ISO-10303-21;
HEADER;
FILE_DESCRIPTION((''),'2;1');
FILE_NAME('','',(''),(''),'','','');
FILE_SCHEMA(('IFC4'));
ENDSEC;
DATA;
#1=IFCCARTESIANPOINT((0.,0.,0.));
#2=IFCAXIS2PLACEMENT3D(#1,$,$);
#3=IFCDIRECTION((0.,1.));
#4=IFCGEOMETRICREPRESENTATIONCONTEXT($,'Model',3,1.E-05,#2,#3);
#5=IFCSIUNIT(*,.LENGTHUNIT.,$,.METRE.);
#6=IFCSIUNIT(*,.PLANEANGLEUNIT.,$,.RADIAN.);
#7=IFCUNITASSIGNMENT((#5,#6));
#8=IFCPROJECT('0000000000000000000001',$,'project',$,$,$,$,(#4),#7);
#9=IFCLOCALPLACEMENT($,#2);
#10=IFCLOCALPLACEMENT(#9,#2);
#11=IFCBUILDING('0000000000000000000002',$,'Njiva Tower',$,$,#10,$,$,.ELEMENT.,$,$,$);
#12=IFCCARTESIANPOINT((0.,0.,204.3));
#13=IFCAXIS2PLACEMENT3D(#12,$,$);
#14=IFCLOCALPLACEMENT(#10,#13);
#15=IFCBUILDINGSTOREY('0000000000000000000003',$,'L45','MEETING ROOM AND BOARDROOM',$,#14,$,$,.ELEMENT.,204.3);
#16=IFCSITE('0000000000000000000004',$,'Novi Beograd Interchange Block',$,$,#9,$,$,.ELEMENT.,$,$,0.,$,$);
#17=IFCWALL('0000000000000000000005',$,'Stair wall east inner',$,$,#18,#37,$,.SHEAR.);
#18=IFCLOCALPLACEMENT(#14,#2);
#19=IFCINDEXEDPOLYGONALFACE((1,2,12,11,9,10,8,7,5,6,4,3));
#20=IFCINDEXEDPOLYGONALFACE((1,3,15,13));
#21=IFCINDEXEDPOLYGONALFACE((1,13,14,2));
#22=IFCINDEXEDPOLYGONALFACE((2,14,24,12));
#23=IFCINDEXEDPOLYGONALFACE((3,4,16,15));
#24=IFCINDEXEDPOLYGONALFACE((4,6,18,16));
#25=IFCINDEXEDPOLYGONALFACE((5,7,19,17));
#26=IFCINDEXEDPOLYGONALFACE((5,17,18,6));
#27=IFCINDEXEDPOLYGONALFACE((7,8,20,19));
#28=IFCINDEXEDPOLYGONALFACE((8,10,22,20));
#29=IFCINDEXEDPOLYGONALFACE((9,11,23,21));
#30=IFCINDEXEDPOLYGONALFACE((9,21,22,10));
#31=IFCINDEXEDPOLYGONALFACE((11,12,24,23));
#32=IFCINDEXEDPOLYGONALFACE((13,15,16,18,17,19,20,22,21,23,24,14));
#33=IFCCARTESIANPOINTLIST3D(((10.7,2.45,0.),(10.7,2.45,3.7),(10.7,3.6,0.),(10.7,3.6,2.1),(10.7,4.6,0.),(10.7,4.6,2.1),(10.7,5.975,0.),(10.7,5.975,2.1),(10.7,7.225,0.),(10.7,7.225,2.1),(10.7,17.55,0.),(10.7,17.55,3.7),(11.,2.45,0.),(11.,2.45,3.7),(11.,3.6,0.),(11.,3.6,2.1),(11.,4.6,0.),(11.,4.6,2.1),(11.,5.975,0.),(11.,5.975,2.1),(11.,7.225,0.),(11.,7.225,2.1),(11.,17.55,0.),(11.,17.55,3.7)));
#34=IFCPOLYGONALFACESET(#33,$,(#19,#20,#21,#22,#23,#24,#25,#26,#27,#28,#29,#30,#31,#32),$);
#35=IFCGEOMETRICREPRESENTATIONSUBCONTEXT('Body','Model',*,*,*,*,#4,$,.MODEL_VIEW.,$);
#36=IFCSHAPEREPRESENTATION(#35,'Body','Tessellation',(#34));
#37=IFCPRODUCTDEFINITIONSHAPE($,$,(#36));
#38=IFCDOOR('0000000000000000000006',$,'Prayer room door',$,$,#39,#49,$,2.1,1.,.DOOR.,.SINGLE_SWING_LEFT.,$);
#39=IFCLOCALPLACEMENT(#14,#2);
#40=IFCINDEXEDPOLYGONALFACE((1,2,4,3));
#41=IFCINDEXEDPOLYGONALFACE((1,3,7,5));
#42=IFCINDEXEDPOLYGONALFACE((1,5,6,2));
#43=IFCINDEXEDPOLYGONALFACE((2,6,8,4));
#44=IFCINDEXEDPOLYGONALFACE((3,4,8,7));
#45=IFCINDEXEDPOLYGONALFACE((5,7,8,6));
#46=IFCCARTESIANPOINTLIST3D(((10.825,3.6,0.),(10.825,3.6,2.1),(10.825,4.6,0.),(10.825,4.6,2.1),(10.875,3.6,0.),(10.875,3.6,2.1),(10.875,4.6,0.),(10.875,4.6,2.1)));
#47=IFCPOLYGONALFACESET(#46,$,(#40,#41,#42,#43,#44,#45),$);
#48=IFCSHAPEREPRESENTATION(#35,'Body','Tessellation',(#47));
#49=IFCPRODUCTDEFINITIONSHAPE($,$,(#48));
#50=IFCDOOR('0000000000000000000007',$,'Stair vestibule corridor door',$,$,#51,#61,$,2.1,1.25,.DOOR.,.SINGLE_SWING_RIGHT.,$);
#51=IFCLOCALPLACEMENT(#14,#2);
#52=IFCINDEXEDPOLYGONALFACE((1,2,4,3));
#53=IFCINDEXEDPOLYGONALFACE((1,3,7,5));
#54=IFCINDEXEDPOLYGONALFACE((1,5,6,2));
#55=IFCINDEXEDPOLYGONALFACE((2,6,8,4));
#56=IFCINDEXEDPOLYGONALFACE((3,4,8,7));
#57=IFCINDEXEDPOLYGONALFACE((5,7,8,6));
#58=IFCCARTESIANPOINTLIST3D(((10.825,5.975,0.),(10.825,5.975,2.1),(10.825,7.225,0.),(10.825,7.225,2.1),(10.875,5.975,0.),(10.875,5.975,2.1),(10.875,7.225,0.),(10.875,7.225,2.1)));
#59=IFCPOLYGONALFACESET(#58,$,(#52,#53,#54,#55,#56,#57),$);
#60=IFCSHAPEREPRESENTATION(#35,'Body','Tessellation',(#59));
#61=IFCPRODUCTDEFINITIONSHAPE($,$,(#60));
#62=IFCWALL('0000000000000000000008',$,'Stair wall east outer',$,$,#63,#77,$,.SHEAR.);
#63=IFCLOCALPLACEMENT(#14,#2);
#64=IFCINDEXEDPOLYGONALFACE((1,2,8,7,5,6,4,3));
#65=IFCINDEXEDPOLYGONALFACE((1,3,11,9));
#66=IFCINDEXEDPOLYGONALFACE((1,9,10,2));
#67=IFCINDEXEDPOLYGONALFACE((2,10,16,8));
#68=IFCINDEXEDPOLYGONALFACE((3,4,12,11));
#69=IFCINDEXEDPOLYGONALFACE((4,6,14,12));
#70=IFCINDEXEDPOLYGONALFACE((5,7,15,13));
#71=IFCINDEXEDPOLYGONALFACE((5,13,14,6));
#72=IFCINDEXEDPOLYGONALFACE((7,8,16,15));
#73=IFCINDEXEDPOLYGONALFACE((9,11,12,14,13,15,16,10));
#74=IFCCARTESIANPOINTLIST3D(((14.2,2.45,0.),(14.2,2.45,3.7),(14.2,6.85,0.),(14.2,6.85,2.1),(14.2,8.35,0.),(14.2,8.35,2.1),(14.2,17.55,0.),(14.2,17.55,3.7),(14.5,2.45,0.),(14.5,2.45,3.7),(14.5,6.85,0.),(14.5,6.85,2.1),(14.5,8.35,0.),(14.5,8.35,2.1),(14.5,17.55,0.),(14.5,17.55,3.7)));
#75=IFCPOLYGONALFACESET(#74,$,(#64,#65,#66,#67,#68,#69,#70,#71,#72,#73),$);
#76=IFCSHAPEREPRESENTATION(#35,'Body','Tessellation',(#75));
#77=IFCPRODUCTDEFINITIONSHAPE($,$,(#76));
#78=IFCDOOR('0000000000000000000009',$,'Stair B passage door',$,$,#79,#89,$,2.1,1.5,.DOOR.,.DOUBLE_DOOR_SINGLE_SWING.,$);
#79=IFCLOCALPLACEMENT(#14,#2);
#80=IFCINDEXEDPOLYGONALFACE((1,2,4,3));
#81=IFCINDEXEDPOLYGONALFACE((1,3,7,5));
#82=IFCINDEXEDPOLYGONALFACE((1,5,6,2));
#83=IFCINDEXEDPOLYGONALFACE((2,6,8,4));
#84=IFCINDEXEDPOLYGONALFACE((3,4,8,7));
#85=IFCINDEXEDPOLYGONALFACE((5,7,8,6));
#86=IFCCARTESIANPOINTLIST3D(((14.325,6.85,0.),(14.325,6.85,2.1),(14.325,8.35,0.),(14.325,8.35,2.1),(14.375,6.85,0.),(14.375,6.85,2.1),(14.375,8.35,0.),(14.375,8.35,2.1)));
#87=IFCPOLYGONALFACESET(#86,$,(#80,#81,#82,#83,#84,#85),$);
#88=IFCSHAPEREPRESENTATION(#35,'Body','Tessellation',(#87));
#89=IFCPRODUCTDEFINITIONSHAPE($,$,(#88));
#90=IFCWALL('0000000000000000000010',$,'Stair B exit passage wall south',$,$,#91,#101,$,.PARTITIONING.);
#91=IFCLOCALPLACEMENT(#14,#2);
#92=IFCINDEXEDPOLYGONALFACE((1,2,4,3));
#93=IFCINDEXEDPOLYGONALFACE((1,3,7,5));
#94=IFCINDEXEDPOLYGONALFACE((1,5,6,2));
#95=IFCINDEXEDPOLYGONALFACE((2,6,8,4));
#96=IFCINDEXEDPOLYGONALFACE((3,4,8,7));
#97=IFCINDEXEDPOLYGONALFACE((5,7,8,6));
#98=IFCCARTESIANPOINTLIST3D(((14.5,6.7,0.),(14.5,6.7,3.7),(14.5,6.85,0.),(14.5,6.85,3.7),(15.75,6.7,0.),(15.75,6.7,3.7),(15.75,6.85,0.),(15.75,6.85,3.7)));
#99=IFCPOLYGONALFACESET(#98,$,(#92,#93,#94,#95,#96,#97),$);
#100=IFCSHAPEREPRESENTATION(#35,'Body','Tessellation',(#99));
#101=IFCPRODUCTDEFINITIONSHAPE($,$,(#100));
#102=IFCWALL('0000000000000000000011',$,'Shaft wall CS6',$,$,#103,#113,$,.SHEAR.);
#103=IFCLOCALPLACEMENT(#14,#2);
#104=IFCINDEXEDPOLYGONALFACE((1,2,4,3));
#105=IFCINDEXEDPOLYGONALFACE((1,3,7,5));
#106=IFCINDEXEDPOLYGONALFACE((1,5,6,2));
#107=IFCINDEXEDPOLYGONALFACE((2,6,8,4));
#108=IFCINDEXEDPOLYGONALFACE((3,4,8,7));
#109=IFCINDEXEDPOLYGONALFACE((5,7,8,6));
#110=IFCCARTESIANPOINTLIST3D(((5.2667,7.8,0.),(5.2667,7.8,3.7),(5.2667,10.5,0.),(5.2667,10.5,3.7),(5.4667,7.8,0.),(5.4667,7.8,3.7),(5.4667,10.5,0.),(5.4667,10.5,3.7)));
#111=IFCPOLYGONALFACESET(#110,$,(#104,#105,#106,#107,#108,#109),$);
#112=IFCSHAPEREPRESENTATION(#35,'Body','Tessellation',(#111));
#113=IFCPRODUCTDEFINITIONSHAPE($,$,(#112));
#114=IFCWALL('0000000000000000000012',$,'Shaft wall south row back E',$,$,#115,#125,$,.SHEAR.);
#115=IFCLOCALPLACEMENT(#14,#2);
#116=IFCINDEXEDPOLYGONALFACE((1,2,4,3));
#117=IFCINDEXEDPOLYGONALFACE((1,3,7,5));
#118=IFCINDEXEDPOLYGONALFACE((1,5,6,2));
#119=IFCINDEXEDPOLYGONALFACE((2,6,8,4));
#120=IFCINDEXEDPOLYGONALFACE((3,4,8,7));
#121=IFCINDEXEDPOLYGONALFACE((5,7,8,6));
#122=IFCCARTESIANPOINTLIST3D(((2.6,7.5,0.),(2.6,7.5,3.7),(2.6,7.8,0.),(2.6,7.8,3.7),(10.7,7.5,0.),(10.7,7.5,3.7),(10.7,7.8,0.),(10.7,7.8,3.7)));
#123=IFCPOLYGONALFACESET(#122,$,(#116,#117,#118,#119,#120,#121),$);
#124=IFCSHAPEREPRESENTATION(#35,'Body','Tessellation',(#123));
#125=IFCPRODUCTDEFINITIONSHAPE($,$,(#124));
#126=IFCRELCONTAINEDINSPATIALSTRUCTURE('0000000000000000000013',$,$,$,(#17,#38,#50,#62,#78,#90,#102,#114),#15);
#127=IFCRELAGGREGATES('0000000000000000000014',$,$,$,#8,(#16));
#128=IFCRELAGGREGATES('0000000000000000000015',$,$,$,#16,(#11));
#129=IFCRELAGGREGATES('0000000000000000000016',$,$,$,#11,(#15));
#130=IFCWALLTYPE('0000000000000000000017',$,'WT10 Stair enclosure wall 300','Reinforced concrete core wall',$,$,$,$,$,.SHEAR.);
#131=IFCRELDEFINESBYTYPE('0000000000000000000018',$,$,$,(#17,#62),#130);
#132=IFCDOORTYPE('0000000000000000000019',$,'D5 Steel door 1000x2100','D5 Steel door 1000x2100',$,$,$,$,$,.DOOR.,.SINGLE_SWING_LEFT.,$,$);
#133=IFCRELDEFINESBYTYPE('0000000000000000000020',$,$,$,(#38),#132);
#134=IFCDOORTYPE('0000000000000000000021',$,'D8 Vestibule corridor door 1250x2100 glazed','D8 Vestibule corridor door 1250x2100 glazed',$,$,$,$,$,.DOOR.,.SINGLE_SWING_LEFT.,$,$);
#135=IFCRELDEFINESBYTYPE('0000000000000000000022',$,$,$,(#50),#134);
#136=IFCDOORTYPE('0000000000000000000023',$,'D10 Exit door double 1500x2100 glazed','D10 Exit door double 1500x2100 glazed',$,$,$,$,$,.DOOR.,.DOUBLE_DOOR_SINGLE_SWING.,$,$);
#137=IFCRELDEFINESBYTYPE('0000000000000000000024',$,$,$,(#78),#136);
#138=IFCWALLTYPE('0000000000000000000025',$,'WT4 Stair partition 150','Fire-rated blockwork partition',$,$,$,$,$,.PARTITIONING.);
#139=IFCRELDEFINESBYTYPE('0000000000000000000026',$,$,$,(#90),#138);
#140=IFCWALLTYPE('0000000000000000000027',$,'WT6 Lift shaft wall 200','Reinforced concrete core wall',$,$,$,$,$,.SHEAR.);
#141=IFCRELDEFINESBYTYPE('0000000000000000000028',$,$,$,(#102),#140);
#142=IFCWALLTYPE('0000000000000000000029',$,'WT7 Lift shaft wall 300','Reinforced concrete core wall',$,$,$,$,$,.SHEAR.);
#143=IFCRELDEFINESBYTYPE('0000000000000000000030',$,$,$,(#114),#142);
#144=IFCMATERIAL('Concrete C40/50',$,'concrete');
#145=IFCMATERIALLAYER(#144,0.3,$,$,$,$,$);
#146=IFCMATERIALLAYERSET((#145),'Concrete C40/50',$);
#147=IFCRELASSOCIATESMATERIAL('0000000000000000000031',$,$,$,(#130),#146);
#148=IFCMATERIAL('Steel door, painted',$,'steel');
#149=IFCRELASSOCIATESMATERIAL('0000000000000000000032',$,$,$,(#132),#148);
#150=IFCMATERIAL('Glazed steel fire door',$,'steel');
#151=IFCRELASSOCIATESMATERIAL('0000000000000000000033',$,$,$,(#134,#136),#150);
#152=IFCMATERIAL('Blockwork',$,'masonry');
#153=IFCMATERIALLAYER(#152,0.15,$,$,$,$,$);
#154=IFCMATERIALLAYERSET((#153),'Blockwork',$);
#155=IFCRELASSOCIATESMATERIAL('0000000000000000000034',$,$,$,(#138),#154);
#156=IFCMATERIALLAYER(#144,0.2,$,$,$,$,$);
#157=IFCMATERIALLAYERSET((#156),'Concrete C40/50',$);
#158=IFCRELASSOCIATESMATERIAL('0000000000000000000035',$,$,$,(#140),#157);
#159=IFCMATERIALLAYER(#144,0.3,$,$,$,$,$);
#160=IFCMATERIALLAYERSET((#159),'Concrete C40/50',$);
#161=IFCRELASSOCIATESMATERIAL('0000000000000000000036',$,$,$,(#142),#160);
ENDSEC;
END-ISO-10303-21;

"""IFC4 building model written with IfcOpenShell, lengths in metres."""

from ifc_helpers import new_model, si_unit, direction, frame, frame_2d, origin, place, context, subcontext, project, spatial, rectangle, extrude, material, layer, layer_set, type_object, element, fill, save


model = new_model("IFC4")

# Units and contexts
model_context = context("Model", 3, precision=1e-05, world=origin(), true_north=direction((0.0, 1.0)))
body_context = subcontext(model_context, "Body", "Model", "MODEL_VIEW")
ifc_project = project(units=[si_unit("LENGTHUNIT", "METRE"), si_unit("PLANEANGLEUNIT", "RADIAN")], contexts=[model_context])

# Site, building, storey
site_placement = place(None, origin())
site = spatial("IfcSite", under=ifc_project, at=site_placement, Name="Novi Beograd Interchange Block", CompositionType="ELEMENT", RefElevation=0.0)
building_placement = place(site_placement, origin())
building = spatial("IfcBuilding", under=site, at=building_placement, Name="Njiva Tower", CompositionType="ELEMENT")
storey_placement = place(building_placement, frame((0.0, 0.0, 204.3)))
storey = spatial("IfcBuildingStorey", under=building, at=storey_placement, Name="L45", Description="MEETING ROOM AND BOARDROOM", CompositionType="ELEMENT", Elevation=204.3)

# Shared definitions
ifc_material_1 = material(Name="Blockwork", Category="masonry")

# Wall, openings, doors
ifc_material_2 = material(Name="Concrete C40/50", Category="concrete")
ifc_layer_1 = layer(ifc_material_2, 0.3)
ifc_layer_set_1 = layer_set([ifc_layer_1], Name="Concrete C40/50")
wall_type_1 = type_object("IfcWallType", Name="WT10 Stair enclosure wall 300", Description="Reinforced concrete core wall", PredefinedType="SHEAR", material=ifc_layer_set_1)
wall_1_placement = place(storey_placement, frame((10.85, 2.45, 0.0), z_axis=(0.0, 0.0, 1.0), x_axis=(0.0, 1.0, 0.0)))
wall_1 = element("IfcWall", 1, at=wall_1_placement, inside=storey, type_object=wall_type_1, Name="Stair wall east inner", PredefinedType="SHEAR", context=body_context, shape_type="SweptSolid", body=[
    extrude(rectangle(XDim=15.1, YDim=0.3, at=frame_2d((7.55, 0.0))), origin(), (0.0, 0.0, 1.0), 3.7),
])
opening_1_placement = place(wall_1_placement, frame((3.525, 0.0, 0.0)))
opening_1 = element("IfcOpeningElement", 2, at=opening_1_placement, cuts=wall_1, PredefinedType="OPENING", context=body_context, shape_type="SweptSolid", body=[
    extrude(rectangle(XDim=1.25, YDim=2.1, at=frame_2d((0.625, 1.05))), frame((0.0, 0.16, 0.0), z_axis=(0.0, -1.0, 0.0), x_axis=(1.0, 0.0, 0.0)), (0.0, 0.0, 1.0), 0.32),
])
opening_2_placement = place(wall_1_placement, frame((1.15, 0.0, 0.0)))
opening_2 = element("IfcOpeningElement", 3, at=opening_2_placement, cuts=wall_1, PredefinedType="OPENING", context=body_context, shape_type="SweptSolid", body=[
    extrude(rectangle(XDim=1.0, YDim=2.1, at=frame_2d((0.5, 1.05))), frame((0.0, 0.16, 0.0), z_axis=(0.0, -1.0, 0.0), x_axis=(1.0, 0.0, 0.0)), (0.0, 0.0, 1.0), 0.32),
])
ifc_material_3 = material(Name="Steel door, painted", Category="steel")
door_type_1 = type_object("IfcDoorType", Name="D5 Steel door 1000x2100", Description="D5 Steel door 1000x2100", OperationType="SINGLE_SWING_LEFT", PredefinedType="DOOR", material=ifc_material_3)
door_1_placement = place(opening_2_placement, origin())
door_1 = element("IfcDoor", 4, at=door_1_placement, inside=storey, type_object=door_type_1, Name="Prayer room door", OperationType="SINGLE_SWING_LEFT", OverallHeight=2.1, OverallWidth=1.0, PredefinedType="DOOR", context=body_context, shape_type="SweptSolid", body=[
    extrude(rectangle(XDim=1.0, YDim=2.1, at=frame_2d((0.5, 1.05))), frame((0.0, 0.025, 0.0), z_axis=(0.0, -1.0, 0.0), x_axis=(1.0, 0.0, 0.0)), (0.0, 0.0, 1.0), 0.05),
])
fill(opening_2, door_1)
ifc_material_4 = material(Name="Glazed steel fire door", Category="steel")
door_type_2 = type_object("IfcDoorType", Name="D8 Vestibule corridor door 1250x2100 glazed", Description="D8 Vestibule corridor door 1250x2100 glazed", OperationType="SINGLE_SWING_LEFT", PredefinedType="DOOR", material=ifc_material_4)
door_2_placement = place(opening_1_placement, origin())
door_2 = element("IfcDoor", 5, at=door_2_placement, inside=storey, type_object=door_type_2, Name="Stair vestibule corridor door", OperationType="SINGLE_SWING_RIGHT", OverallHeight=2.1, OverallWidth=1.25, PredefinedType="DOOR", context=body_context, shape_type="SweptSolid", body=[
    extrude(rectangle(XDim=1.25, YDim=2.1, at=frame_2d((0.625, 1.05))), frame((0.0, 0.025, 0.0), z_axis=(0.0, -1.0, 0.0), x_axis=(1.0, 0.0, 0.0)), (0.0, 0.0, 1.0), 0.05),
])
fill(opening_1, door_2)

# Wall, opening, door
wall_2_placement = place(storey_placement, frame((14.35, 2.45, 0.0), z_axis=(0.0, 0.0, 1.0), x_axis=(0.0, 1.0, 0.0)))
wall_2 = element("IfcWall", 6, at=wall_2_placement, inside=storey, type_object=wall_type_1, Name="Stair wall east outer", PredefinedType="SHEAR", context=body_context, shape_type="SweptSolid", body=[
    extrude(rectangle(XDim=15.1, YDim=0.3, at=frame_2d((7.55, 0.0))), origin(), (0.0, 0.0, 1.0), 3.7),
])
opening_3_placement = place(wall_2_placement, frame((4.4, 0.0, 0.0)))
opening_3 = element("IfcOpeningElement", 7, at=opening_3_placement, cuts=wall_2, PredefinedType="OPENING", context=body_context, shape_type="SweptSolid", body=[
    extrude(rectangle(XDim=1.5, YDim=2.1, at=frame_2d((0.75, 1.05))), frame((0.0, 0.16, 0.0), z_axis=(0.0, -1.0, 0.0), x_axis=(1.0, 0.0, 0.0)), (0.0, 0.0, 1.0), 0.32),
])
door_type_3 = type_object("IfcDoorType", Name="D10 Exit door double 1500x2100 glazed", Description="D10 Exit door double 1500x2100 glazed", OperationType="DOUBLE_DOOR_SINGLE_SWING", PredefinedType="DOOR", material=ifc_material_4)
door_3_placement = place(opening_3_placement, origin())
door_3 = element("IfcDoor", 8, at=door_3_placement, inside=storey, type_object=door_type_3, Name="Stair B passage door", OperationType="DOUBLE_DOOR_SINGLE_SWING", OverallHeight=2.1, OverallWidth=1.5, PredefinedType="DOOR", context=body_context, shape_type="SweptSolid", body=[
    extrude(rectangle(XDim=1.5, YDim=2.1, at=frame_2d((0.75, 1.05))), frame((0.0, 0.025, 0.0), z_axis=(0.0, -1.0, 0.0), x_axis=(1.0, 0.0, 0.0)), (0.0, 0.0, 1.0), 0.05),
])
fill(opening_3, door_3)

# Walls
ifc_layer_2 = layer(ifc_material_1, 0.15)
ifc_layer_set_2 = layer_set([ifc_layer_2], Name="Blockwork")
wall_type_2 = type_object("IfcWallType", Name="WT4 Stair partition 150", Description="Fire-rated blockwork partition", PredefinedType="PARTITIONING", material=ifc_layer_set_2)
wall_3_placement = place(storey_placement, frame((14.5, 6.775, 0.0), z_axis=(0.0, 0.0, 1.0), x_axis=(1.0, 0.0, 0.0)))
element("IfcWall", 9, at=wall_3_placement, inside=storey, type_object=wall_type_2, Name="Stair B exit passage wall south", PredefinedType="PARTITIONING", context=body_context, shape_type="SweptSolid", body=[
    extrude(rectangle(XDim=1.25, YDim=0.15, at=frame_2d((0.625, 0.0))), origin(), (0.0, 0.0, 1.0), 3.7),
])
ifc_layer_3 = layer(ifc_material_2, 0.2)
ifc_layer_set_3 = layer_set([ifc_layer_3], Name="Concrete C40/50")
wall_type_3 = type_object("IfcWallType", Name="WT6 Lift shaft wall 200", Description="Reinforced concrete core wall", PredefinedType="SHEAR", material=ifc_layer_set_3)
wall_4_placement = place(storey_placement, frame((5.3667, 7.8, 0.0), z_axis=(0.0, 0.0, 1.0), x_axis=(0.0, 1.0, 0.0)))
element("IfcWall", 10, at=wall_4_placement, inside=storey, type_object=wall_type_3, Name="Shaft wall CS6", PredefinedType="SHEAR", context=body_context, shape_type="SweptSolid", body=[
    extrude(rectangle(XDim=2.7, YDim=0.2, at=frame_2d((1.35, 0.0))), origin(), (0.0, 0.0, 1.0), 3.7),
])
ifc_layer_4 = layer(ifc_material_2, 0.3)
ifc_layer_set_4 = layer_set([ifc_layer_4], Name="Concrete C40/50")
wall_type_4 = type_object("IfcWallType", Name="WT7 Lift shaft wall 300", Description="Reinforced concrete core wall", PredefinedType="SHEAR", material=ifc_layer_set_4)
wall_5_placement = place(storey_placement, frame((2.6, 7.65, 0.0), z_axis=(0.0, 0.0, 1.0), x_axis=(1.0, 0.0, 0.0)))
element("IfcWall", 11, at=wall_5_placement, inside=storey, type_object=wall_type_4, Name="Shaft wall south row back E", PredefinedType="SHEAR", context=body_context, shape_type="SweptSolid", body=[
    extrude(rectangle(XDim=8.1, YDim=0.3, at=frame_2d((4.05, 0.0))), origin(), (0.0, 0.0, 1.0), 3.7),
])

save(model, "model.ifc")
